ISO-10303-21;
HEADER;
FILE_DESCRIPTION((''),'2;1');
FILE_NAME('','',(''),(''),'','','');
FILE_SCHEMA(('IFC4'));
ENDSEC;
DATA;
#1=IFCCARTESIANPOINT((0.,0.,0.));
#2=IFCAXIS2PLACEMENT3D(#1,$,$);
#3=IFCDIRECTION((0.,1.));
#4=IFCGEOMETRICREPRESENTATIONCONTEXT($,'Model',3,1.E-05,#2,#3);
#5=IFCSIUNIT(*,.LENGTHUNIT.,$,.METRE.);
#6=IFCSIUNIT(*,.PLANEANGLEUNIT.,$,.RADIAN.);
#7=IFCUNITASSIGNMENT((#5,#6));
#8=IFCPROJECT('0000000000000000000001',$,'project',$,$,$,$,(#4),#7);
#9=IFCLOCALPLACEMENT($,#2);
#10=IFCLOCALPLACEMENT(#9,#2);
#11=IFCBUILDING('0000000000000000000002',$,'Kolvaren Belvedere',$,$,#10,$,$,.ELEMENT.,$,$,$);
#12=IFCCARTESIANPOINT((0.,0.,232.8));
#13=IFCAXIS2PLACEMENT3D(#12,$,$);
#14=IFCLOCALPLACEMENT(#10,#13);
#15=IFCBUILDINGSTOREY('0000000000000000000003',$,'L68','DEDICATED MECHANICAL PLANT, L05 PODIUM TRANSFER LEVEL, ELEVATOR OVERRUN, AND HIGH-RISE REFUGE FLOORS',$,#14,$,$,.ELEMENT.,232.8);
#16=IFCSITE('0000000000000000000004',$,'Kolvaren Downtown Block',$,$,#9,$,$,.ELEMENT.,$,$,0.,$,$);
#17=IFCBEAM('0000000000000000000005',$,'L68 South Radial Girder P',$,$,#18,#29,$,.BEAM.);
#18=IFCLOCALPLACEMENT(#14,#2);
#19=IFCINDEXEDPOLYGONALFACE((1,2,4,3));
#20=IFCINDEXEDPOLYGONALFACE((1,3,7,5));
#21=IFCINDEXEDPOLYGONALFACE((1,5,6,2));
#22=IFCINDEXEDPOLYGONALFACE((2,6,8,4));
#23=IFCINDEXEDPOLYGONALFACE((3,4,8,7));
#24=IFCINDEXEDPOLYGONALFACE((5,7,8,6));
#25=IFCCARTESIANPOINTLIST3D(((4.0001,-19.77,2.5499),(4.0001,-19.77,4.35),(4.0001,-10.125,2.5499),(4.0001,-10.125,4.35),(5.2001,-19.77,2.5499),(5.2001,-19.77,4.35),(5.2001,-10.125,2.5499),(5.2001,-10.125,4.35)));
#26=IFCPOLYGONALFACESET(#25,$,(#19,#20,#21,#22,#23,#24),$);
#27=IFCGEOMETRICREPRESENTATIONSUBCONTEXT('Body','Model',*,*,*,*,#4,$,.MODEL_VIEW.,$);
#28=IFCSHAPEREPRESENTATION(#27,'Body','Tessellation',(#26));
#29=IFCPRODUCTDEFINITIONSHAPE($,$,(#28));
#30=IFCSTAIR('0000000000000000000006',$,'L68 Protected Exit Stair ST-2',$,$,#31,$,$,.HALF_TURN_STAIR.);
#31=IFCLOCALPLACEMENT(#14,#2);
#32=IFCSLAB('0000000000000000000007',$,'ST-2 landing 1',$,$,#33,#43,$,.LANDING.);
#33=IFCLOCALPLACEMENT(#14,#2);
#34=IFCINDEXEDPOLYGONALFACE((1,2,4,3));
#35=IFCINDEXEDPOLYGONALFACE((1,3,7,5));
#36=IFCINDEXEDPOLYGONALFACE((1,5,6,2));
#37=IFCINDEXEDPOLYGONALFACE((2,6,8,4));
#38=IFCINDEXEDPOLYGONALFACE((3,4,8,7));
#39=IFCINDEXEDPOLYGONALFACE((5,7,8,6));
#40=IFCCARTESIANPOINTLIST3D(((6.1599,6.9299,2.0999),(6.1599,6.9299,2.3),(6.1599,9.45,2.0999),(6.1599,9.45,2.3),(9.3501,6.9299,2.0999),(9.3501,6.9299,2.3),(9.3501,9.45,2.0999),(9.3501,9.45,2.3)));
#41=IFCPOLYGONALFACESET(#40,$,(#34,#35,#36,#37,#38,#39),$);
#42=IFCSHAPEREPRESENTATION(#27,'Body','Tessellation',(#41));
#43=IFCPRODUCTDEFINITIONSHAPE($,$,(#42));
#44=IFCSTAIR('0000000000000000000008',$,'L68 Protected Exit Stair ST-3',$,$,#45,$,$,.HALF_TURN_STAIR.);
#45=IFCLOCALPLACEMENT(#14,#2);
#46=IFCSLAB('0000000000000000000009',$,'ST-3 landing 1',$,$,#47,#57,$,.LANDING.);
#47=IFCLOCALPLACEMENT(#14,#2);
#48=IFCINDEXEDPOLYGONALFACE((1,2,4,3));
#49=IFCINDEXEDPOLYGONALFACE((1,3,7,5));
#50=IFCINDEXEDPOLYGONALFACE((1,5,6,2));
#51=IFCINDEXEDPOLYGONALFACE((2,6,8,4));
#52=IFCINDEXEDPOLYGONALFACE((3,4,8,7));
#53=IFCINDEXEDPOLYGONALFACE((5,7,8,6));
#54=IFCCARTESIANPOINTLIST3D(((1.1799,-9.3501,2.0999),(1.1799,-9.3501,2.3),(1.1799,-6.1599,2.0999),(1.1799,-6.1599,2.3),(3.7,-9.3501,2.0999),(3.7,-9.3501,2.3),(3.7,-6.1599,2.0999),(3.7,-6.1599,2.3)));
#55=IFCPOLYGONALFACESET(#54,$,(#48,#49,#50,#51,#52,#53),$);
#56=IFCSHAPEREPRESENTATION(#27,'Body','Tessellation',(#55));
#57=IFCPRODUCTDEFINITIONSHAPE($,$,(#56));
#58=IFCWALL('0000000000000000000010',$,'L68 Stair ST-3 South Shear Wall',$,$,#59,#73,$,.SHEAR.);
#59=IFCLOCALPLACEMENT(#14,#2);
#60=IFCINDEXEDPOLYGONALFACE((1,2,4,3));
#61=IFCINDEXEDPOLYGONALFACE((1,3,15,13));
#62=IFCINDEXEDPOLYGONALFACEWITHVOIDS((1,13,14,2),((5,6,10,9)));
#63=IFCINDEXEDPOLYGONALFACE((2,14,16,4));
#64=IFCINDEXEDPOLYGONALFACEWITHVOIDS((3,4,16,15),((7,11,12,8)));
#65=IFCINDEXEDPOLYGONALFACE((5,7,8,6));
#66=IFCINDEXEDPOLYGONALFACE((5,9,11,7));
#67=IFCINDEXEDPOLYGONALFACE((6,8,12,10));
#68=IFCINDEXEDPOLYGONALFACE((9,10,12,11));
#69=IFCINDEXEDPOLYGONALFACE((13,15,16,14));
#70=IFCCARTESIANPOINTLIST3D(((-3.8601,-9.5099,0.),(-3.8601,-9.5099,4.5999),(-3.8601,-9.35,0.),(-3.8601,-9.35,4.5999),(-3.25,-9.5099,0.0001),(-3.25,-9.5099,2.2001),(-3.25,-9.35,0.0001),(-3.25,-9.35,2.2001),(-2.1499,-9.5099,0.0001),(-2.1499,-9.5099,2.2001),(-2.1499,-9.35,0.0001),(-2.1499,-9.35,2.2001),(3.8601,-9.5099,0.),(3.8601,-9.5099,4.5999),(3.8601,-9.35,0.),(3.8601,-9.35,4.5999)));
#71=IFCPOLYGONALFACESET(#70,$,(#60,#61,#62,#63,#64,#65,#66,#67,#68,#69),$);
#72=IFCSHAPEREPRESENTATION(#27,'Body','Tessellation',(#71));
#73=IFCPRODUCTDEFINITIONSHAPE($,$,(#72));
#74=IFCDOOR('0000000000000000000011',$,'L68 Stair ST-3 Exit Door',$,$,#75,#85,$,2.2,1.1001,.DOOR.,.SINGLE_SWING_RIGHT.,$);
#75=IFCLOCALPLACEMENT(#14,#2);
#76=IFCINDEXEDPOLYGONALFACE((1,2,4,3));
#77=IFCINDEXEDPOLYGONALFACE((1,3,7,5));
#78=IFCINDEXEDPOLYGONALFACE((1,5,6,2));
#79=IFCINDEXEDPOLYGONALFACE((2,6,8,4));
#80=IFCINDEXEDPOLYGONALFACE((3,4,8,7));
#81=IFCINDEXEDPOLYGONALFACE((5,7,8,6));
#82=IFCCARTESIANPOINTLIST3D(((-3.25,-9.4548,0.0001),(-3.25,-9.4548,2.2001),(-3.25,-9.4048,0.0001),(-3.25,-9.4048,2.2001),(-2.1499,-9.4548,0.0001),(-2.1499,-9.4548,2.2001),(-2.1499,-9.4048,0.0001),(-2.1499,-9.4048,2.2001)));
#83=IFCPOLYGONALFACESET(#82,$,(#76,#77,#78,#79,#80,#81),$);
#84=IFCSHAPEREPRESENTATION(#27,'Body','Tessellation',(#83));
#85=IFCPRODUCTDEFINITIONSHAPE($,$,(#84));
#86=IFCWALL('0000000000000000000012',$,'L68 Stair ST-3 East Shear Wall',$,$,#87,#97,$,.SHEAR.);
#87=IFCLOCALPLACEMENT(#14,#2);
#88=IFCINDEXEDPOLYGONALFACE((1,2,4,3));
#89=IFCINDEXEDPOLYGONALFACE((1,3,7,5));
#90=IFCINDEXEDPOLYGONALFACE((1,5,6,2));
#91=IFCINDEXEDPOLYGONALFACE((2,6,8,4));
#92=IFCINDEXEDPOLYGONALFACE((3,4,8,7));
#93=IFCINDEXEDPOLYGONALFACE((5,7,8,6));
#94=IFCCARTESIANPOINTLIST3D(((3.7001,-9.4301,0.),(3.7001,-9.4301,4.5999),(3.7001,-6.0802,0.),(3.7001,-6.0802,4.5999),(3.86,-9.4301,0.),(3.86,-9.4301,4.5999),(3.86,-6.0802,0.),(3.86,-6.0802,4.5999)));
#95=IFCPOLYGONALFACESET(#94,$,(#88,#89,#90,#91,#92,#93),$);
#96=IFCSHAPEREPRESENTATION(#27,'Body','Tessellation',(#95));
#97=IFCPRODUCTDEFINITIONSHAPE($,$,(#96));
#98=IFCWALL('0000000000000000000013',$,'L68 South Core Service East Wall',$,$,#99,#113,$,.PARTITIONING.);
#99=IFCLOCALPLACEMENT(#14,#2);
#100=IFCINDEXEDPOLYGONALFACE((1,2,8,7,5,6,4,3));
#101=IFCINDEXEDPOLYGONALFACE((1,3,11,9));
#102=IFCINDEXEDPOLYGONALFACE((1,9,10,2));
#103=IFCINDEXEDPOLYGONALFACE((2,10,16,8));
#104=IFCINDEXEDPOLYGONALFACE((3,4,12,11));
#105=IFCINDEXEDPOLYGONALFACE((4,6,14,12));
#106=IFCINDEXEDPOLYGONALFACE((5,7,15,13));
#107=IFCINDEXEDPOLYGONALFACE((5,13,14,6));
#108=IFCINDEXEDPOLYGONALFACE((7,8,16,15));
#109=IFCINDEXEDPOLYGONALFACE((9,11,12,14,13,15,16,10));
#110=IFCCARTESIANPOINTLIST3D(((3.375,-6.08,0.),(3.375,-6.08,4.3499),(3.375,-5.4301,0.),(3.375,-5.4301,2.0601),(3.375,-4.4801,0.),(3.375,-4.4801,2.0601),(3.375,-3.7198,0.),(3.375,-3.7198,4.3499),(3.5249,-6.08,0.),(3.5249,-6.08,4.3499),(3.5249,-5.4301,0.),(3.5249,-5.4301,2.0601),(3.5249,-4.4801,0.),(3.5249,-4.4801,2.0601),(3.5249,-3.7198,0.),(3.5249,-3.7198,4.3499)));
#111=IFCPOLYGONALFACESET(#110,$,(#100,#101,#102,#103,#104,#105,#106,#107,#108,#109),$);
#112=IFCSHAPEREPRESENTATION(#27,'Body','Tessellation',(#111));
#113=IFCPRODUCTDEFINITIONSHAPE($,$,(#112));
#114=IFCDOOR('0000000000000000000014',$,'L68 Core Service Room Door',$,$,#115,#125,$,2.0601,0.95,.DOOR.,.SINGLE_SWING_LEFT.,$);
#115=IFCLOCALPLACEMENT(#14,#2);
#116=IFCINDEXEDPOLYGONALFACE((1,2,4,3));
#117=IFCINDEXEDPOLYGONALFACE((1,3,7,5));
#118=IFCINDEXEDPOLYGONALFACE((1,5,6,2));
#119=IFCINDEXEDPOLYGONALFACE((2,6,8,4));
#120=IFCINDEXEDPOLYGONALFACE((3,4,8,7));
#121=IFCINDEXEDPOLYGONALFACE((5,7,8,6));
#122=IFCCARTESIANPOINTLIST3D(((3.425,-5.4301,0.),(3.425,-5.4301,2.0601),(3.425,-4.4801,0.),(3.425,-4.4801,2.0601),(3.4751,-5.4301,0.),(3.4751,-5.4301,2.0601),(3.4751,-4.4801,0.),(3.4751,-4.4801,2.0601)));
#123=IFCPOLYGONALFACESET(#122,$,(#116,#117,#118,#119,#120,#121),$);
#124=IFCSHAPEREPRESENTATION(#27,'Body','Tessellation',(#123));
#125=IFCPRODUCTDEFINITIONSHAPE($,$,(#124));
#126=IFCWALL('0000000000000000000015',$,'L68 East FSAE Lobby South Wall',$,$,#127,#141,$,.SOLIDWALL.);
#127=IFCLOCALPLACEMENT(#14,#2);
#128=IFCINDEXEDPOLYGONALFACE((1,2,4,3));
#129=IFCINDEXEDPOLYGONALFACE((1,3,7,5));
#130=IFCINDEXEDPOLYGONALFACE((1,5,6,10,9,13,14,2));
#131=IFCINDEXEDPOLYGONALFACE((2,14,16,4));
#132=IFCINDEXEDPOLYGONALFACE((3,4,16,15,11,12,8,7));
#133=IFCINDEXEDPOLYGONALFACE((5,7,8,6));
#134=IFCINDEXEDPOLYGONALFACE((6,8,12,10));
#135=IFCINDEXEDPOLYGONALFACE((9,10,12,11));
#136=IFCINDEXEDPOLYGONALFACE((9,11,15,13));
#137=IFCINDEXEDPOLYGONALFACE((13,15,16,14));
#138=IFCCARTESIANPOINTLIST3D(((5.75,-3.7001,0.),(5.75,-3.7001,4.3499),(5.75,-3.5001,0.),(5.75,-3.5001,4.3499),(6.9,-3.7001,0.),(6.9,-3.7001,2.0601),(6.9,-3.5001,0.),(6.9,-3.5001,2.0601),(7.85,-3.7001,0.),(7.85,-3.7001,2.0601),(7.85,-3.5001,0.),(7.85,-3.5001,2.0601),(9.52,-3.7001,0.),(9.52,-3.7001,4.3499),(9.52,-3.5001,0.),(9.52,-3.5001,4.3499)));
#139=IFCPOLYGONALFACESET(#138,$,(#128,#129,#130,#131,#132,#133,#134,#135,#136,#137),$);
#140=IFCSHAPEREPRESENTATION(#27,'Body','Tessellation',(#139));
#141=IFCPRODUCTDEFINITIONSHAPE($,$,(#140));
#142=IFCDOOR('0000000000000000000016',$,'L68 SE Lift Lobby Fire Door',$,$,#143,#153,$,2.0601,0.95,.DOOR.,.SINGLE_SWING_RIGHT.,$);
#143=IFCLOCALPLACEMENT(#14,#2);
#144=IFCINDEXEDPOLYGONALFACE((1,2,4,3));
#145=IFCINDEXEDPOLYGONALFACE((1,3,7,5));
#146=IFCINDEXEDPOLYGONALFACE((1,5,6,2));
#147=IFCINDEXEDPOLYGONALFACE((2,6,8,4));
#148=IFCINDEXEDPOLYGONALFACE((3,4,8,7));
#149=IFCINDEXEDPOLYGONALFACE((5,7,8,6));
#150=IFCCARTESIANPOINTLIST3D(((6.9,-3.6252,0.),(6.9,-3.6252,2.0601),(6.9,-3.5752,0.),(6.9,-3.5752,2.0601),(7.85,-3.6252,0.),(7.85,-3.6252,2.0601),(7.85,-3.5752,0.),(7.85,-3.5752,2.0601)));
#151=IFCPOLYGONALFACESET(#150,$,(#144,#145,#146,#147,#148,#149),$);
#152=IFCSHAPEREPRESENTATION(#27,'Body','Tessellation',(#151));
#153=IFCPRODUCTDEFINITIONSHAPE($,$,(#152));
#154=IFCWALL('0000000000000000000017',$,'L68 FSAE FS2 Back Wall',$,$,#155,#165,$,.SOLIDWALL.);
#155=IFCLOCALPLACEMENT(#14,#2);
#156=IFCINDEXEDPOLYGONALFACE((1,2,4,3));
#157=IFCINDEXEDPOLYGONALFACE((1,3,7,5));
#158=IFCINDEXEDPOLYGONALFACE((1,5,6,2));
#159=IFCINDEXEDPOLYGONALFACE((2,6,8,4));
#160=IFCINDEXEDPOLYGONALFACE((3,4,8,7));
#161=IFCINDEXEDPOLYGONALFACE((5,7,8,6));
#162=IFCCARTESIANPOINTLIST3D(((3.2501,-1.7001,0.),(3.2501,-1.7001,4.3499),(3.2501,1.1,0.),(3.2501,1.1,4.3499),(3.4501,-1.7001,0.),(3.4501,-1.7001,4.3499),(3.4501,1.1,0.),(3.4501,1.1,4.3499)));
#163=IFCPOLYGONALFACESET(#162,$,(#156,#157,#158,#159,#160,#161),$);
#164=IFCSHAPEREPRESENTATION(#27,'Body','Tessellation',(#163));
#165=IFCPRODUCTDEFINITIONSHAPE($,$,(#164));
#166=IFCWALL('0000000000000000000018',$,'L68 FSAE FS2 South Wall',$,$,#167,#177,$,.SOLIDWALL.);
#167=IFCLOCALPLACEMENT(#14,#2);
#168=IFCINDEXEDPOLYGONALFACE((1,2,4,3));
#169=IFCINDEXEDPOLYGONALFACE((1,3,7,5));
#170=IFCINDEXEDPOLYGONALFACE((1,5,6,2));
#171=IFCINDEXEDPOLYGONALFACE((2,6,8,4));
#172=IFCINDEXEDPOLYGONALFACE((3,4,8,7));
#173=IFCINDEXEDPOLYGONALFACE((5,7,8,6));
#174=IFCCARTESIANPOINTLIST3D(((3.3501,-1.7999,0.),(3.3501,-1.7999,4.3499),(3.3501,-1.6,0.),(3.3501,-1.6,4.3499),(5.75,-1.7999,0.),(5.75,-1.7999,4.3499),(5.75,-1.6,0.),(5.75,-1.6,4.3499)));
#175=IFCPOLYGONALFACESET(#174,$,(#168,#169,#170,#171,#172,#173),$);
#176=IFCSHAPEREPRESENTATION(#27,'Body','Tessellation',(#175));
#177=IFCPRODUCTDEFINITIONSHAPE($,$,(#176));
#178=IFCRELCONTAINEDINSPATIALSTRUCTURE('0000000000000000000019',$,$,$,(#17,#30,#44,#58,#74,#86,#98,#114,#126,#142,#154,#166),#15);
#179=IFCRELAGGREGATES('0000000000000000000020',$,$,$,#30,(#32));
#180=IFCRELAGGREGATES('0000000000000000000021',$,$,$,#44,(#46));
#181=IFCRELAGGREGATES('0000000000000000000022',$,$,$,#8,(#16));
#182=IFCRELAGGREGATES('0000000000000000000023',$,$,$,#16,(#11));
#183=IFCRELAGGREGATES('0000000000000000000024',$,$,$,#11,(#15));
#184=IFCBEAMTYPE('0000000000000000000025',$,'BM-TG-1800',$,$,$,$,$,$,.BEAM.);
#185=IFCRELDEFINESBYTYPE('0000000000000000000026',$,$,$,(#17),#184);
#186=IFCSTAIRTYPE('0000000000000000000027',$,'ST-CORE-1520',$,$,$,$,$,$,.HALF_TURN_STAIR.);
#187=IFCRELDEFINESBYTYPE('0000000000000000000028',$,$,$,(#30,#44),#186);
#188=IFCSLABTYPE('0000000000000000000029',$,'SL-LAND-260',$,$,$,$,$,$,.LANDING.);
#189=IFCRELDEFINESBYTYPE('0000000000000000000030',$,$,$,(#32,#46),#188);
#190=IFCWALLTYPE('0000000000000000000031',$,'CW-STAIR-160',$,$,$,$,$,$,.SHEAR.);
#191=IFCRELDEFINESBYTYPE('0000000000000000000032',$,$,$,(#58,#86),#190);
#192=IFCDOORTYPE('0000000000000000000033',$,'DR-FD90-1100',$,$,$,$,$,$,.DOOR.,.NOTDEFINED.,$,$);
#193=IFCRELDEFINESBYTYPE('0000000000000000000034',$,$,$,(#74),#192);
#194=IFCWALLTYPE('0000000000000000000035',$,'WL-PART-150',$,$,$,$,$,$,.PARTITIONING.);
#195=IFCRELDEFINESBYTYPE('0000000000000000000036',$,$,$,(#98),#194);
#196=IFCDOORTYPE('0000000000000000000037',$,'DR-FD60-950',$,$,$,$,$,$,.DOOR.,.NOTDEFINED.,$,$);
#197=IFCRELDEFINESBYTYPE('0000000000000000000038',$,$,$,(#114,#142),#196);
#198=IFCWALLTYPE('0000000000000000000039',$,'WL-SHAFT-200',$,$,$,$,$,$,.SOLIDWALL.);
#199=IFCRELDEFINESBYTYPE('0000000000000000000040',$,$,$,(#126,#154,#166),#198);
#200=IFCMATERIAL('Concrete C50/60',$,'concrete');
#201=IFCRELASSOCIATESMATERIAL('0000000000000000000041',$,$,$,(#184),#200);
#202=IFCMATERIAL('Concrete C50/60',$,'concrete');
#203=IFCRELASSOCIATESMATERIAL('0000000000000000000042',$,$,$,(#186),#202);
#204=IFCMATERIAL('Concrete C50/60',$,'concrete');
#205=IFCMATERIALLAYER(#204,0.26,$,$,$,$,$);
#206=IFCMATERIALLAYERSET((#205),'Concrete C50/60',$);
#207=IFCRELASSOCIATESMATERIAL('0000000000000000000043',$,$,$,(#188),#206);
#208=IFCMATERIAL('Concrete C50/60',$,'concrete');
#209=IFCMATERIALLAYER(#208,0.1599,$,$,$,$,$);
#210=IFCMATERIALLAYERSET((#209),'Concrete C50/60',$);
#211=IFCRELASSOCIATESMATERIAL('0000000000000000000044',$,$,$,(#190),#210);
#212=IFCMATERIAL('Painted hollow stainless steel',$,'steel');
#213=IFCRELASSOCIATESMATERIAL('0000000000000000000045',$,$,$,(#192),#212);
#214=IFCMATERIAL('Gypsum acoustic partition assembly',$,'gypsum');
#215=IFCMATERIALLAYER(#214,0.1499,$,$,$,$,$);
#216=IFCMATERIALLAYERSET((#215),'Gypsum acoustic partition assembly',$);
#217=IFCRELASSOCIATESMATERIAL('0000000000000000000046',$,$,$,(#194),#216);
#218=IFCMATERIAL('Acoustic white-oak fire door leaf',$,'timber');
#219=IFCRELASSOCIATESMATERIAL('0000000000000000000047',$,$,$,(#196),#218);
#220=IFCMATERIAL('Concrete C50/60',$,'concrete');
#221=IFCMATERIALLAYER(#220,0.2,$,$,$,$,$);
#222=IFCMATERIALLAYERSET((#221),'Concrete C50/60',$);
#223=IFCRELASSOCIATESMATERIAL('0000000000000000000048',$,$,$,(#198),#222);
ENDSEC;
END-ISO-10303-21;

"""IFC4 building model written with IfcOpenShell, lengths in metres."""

from ifc_helpers import new_model, si_unit, direction, frame, frame_2d, origin, origin_2d, place, context, subcontext, project, spatial, polyline, rectangle, outline, extrude, material, layer, layer_set, material_profile, profile_set, type_object, element, fill, aggregate, save


model = new_model("IFC4")

# Units and contexts
model_context = context("Model", 3, precision=1e-05, world=origin(), true_north=direction((0.0, 1.0)))
body_context = subcontext(model_context, "Body", "Model", "MODEL_VIEW")
ifc_project = project(units=[si_unit("LENGTHUNIT", "METRE"), si_unit("PLANEANGLEUNIT", "RADIAN")], contexts=[model_context])

# Site, building, storey
site_placement = place(None, origin())
site = spatial("IfcSite", under=ifc_project, at=site_placement, Name="Kolvaren Downtown Block", CompositionType="ELEMENT", RefElevation=0.0)
building_placement = place(site_placement, origin())
building = spatial("IfcBuilding", under=site, at=building_placement, Name="Kolvaren Belvedere", CompositionType="ELEMENT")
storey_placement = place(building_placement, frame((0.0, 0.0, 232.8)))
storey = spatial("IfcBuildingStorey", under=building, at=storey_placement, Name="L68", Description="DEDICATED MECHANICAL PLANT, L05 PODIUM TRANSFER LEVEL, ELEVATOR OVERRUN, AND HIGH-RISE REFUGE FLOORS", CompositionType="ELEMENT", Elevation=232.8)

# Beam
ifc_material_1 = material(Name="Concrete C50/60", Category="concrete")
ifc_material_profile = material_profile(ifc_material_1, rectangle(XDim=1.2, YDim=1.8, at=origin_2d()), Name="RC 1200X1800")
ifc_profile_set = profile_set([ifc_material_profile], Name="Concrete C50/60")
beam_type = type_object("IfcBeamType", Name="BM-TG-1800", PredefinedType="BEAM", material=ifc_profile_set)
beam_placement = place(storey_placement, frame((4.6001, -10.125, 3.45), z_axis=(0.0, -1.0, 0.0), x_axis=(1.0, 0.0, 0.0)))
element("IfcBeam", 1, at=beam_placement, inside=storey, type_object=beam_type, Name="L68 South Radial Girder P", PredefinedType="BEAM", context=body_context, shape_type="SweptSolid", body=[
    extrude(rectangle(XDim=1.2, YDim=1.8, at=origin_2d()), origin(), (0.0, 0.0, 1.0), 9.645),
])

# Stairs, slabs
ifc_material_2 = material(Name="Concrete C50/60", Category="concrete")
stair_type = type_object("IfcStairType", Name="ST-CORE-1520", PredefinedType="HALF_TURN_STAIR", material=ifc_material_2)
stair_1_placement = place(storey_placement, origin())
stair_1 = element("IfcStair", 2, at=stair_1_placement, inside=storey, type_object=stair_type, Name="L68 Protected Exit Stair ST-2", PredefinedType="HALF_TURN_STAIR")
ifc_material_3 = material(Name="Concrete C50/60", Category="concrete")
ifc_layer_1 = layer(ifc_material_3, 0.26)
ifc_layer_set_1 = layer_set([ifc_layer_1], Name="Concrete C50/60")
slab_type = type_object("IfcSlabType", Name="SL-LAND-260", PredefinedType="LANDING", material=ifc_layer_set_1)
slab_1_placement = place(storey_placement, frame((0.0, 0.0, 2.0999)))
slab_1 = element("IfcSlab", 3, at=slab_1_placement, type_object=slab_type, Name="ST-2 landing 1", PredefinedType="LANDING", context=body_context, shape_type="SweptSolid", body=[
    extrude(outline(polyline([(9.3501, 6.9299), (9.3501, 9.45), (6.1599, 9.45), (6.1599, 6.9299), (9.3501, 6.9299)])), origin(), (0.0, 0.0, 1.0), 0.2002),
])
aggregate(stair_1, [slab_1])
stair_2_placement = place(storey_placement, origin())
stair_2 = element("IfcStair", 4, at=stair_2_placement, inside=storey, type_object=stair_type, Name="L68 Protected Exit Stair ST-3", PredefinedType="HALF_TURN_STAIR")
slab_2_placement = place(storey_placement, frame((0.0, 0.0, 2.0999)))
slab_2 = element("IfcSlab", 5, at=slab_2_placement, type_object=slab_type, Name="ST-3 landing 1", PredefinedType="LANDING", context=body_context, shape_type="SweptSolid", body=[
    extrude(outline(polyline([(1.1799, -9.3501), (3.7, -9.3501), (3.7, -6.1599), (1.1799, -6.1599), (1.1799, -9.3501)])), origin(), (0.0, 0.0, 1.0), 0.2002),
])

# Wall, opening, door
ifc_material_4 = material(Name="Concrete C50/60", Category="concrete")
ifc_layer_2 = layer(ifc_material_4, 0.1599)
ifc_layer_set_2 = layer_set([ifc_layer_2], Name="Concrete C50/60")
wall_type_1 = type_object("IfcWallType", Name="CW-STAIR-160", PredefinedType="SHEAR", material=ifc_layer_set_2)
wall_1_placement = place(storey_placement, frame((3.8601, -9.4299, 0.0), z_axis=(0.0, 0.0, 1.0), x_axis=(-1.0, 0.0, 0.0)))
wall_1 = element("IfcWall", 6, at=wall_1_placement, inside=storey, type_object=wall_type_1, Name="L68 Stair ST-3 South Shear Wall", PredefinedType="SHEAR", context=body_context, shape_type="SweptSolid", body=[
    extrude(rectangle(XDim=7.7202, YDim=0.1599, at=frame_2d((3.8601, 0.0))), origin(), (0.0, 0.0, 1.0), 4.5999),
])
opening_1_placement = place(wall_1_placement, frame((6.01, 0.0, 0.0)))
opening_1 = element("IfcOpeningElement", 7, at=opening_1_placement, cuts=wall_1, PredefinedType="OPENING", context=body_context, shape_type="SweptSolid", body=[
    extrude(rectangle(XDim=1.1001, YDim=2.2, at=frame_2d((0.55, 1.1001))), frame((0.0, 0.0898, 0.0), z_axis=(0.0, -1.0, 0.0), x_axis=(1.0, 0.0, 0.0)), (0.0, 0.0, 1.0), 0.1799),
])
ifc_material_5 = material(Name="Painted hollow stainless steel", Category="steel")
door_type_1 = type_object("IfcDoorType", Name="DR-FD90-1100", OperationType="NOTDEFINED", PredefinedType="DOOR", material=ifc_material_5)
door_1_placement = place(opening_1_placement, origin())
door_1 = element("IfcDoor", 8, at=door_1_placement, inside=storey, type_object=door_type_1, Name="L68 Stair ST-3 Exit Door", OperationType="SINGLE_SWING_RIGHT", OverallHeight=2.2, OverallWidth=1.1001, PredefinedType="DOOR", context=body_context, shape_type="SweptSolid", body=[
    extrude(rectangle(XDim=1.1001, YDim=2.2, at=frame_2d((0.55, 1.1001))), frame((0.0, 0.0249, 0.0), z_axis=(0.0, -1.0, 0.0), x_axis=(1.0, 0.0, 0.0)), (0.0, 0.0, 1.0), 0.05),
])
fill(opening_1, door_1)

# Wall
wall_2_placement = place(storey_placement, frame((3.78, -9.4299, 0.0), z_axis=(0.0, 0.0, 1.0), x_axis=(0.0, 1.0, 0.0)))
element("IfcWall", 9, at=wall_2_placement, inside=storey, type_object=wall_type_1, Name="L68 Stair ST-3 East Shear Wall", PredefinedType="SHEAR", context=body_context, shape_type="SweptSolid", body=[
    extrude(rectangle(XDim=3.3499, YDim=0.1599, at=frame_2d((1.6748, 0.0))), origin(), (0.0, 0.0, 1.0), 4.5999),
])

# Walls, openings, doors
ifc_material_6 = material(Name="Gypsum acoustic partition assembly", Category="gypsum")
ifc_layer_3 = layer(ifc_material_6, 0.1499)
ifc_layer_set_3 = layer_set([ifc_layer_3], Name="Gypsum acoustic partition assembly")
wall_type_2 = type_object("IfcWallType", Name="WL-PART-150", PredefinedType="PARTITIONING", material=ifc_layer_set_3)
wall_3_placement = place(storey_placement, frame((3.45, -6.0801, 0.0), z_axis=(0.0, 0.0, 1.0), x_axis=(0.0, 1.0, 0.0)))
wall_3 = element("IfcWall", 10, at=wall_3_placement, inside=storey, type_object=wall_type_2, Name="L68 South Core Service East Wall", PredefinedType="PARTITIONING", context=body_context, shape_type="SweptSolid", body=[
    extrude(rectangle(XDim=2.3601, YDim=0.1499, at=frame_2d((1.1802, 0.0))), origin(), (0.0, 0.0, 1.0), 4.3499),
])
opening_2_placement = place(wall_3_placement, frame((0.6499, 0.0, 0.0)))
opening_2 = element("IfcOpeningElement", 11, at=opening_2_placement, cuts=wall_3, PredefinedType="OPENING", context=body_context, shape_type="SweptSolid", body=[
    extrude(rectangle(XDim=0.95, YDim=2.0601, at=frame_2d((0.4751, 1.03))), frame((0.0, 0.085, 0.0), z_axis=(0.0, -1.0, 0.0), x_axis=(1.0, 0.0, 0.0)), (0.0, 0.0, 1.0), 0.1699),
])
ifc_material_7 = material(Name="Acoustic white-oak fire door leaf", Category="timber")
door_type_2 = type_object("IfcDoorType", Name="DR-FD60-950", OperationType="NOTDEFINED", PredefinedType="DOOR", material=ifc_material_7)
door_2_placement = place(opening_2_placement, origin())
door_2 = element("IfcDoor", 12, at=door_2_placement, inside=storey, type_object=door_type_2, Name="L68 Core Service Room Door", OperationType="SINGLE_SWING_LEFT", OverallHeight=2.0601, OverallWidth=0.95, PredefinedType="DOOR", context=body_context, shape_type="SweptSolid", body=[
    extrude(rectangle(XDim=0.95, YDim=2.0601, at=frame_2d((0.4751, 1.03))), frame((0.0, 0.0249, 0.0), z_axis=(0.0, -1.0, 0.0), x_axis=(1.0, 0.0, 0.0)), (0.0, 0.0, 1.0), 0.05),
])
fill(opening_2, door_2)
ifc_material_8 = material(Name="Concrete C50/60", Category="concrete")
ifc_layer_4 = layer(ifc_material_8, 0.2)
ifc_layer_set_4 = layer_set([ifc_layer_4], Name="Concrete C50/60")
wall_type_3 = type_object("IfcWallType", Name="WL-SHAFT-200", PredefinedType="SOLIDWALL", material=ifc_layer_set_4)
wall_4_placement = place(storey_placement, frame((5.75, -3.6001, 0.0), z_axis=(0.0, 0.0, 1.0), x_axis=(1.0, 0.0, 0.0)))
wall_4 = element("IfcWall", 13, at=wall_4_placement, inside=storey, type_object=wall_type_3, Name="L68 East FSAE Lobby South Wall", PredefinedType="SOLIDWALL", context=body_context, shape_type="SweptSolid", body=[
    extrude(rectangle(XDim=3.77, YDim=0.2, at=frame_2d((1.885, 0.0))), origin(), (0.0, 0.0, 1.0), 4.3499),
])
opening_3_placement = place(wall_4_placement, frame((1.1499, 0.0, 0.0)))
opening_3 = element("IfcOpeningElement", 14, at=opening_3_placement, cuts=wall_4, PredefinedType="OPENING", context=body_context, shape_type="SweptSolid", body=[
    extrude(rectangle(XDim=0.95, YDim=2.0601, at=frame_2d((0.4751, 1.03))), frame((0.0, 0.1099, 0.0), z_axis=(0.0, -1.0, 0.0), x_axis=(1.0, 0.0, 0.0)), (0.0, 0.0, 1.0), 0.22),
])
door_3_placement = place(opening_3_placement, origin())
door_3 = element("IfcDoor", 15, at=door_3_placement, inside=storey, type_object=door_type_2, Name="L68 SE Lift Lobby Fire Door", OperationType="SINGLE_SWING_RIGHT", OverallHeight=2.0601, OverallWidth=0.95, PredefinedType="DOOR", context=body_context, shape_type="SweptSolid", body=[
    extrude(rectangle(XDim=0.95, YDim=2.0601, at=frame_2d((0.4751, 1.03))), frame((0.0, 0.0249, 0.0), z_axis=(0.0, -1.0, 0.0), x_axis=(1.0, 0.0, 0.0)), (0.0, 0.0, 1.0), 0.05),
])
fill(opening_3, door_3)

# Walls
wall_5_placement = place(storey_placement, frame((3.3501, -1.7, 0.0), z_axis=(0.0, 0.0, 1.0), x_axis=(0.0, 1.0, 0.0)))
element("IfcWall", 16, at=wall_5_placement, inside=storey, type_object=wall_type_3, Name="L68 FSAE FS2 Back Wall", PredefinedType="SOLIDWALL", context=body_context, shape_type="SweptSolid", body=[
    extrude(rectangle(XDim=2.8, YDim=0.2, at=frame_2d((1.3999, 0.0))), origin(), (0.0, 0.0, 1.0), 4.3499),
])
for number, where, z_axis, x_axis, name in (
    (17, (3.3501, -1.7, 0.0), (0.0, 0.0, 1.0), (1.0, 0.0, 0.0), "L68 FSAE FS2 South Wall"),
):
    element("IfcWall", number, at=place(storey_placement, frame(where, z_axis=z_axis, x_axis=x_axis)), inside=storey, type_object=wall_type_3, Name=name, PredefinedType="SOLIDWALL", context=body_context, shape_type="SweptSolid", body=[
        extrude(rectangle(XDim=2.3999, YDim=0.2, at=frame_2d((1.2, 0.0))), origin(), (0.0, 0.0, 1.0), 4.3499),
    ])

aggregate(stair_2, [slab_2])

save(model, "model.ifc")
